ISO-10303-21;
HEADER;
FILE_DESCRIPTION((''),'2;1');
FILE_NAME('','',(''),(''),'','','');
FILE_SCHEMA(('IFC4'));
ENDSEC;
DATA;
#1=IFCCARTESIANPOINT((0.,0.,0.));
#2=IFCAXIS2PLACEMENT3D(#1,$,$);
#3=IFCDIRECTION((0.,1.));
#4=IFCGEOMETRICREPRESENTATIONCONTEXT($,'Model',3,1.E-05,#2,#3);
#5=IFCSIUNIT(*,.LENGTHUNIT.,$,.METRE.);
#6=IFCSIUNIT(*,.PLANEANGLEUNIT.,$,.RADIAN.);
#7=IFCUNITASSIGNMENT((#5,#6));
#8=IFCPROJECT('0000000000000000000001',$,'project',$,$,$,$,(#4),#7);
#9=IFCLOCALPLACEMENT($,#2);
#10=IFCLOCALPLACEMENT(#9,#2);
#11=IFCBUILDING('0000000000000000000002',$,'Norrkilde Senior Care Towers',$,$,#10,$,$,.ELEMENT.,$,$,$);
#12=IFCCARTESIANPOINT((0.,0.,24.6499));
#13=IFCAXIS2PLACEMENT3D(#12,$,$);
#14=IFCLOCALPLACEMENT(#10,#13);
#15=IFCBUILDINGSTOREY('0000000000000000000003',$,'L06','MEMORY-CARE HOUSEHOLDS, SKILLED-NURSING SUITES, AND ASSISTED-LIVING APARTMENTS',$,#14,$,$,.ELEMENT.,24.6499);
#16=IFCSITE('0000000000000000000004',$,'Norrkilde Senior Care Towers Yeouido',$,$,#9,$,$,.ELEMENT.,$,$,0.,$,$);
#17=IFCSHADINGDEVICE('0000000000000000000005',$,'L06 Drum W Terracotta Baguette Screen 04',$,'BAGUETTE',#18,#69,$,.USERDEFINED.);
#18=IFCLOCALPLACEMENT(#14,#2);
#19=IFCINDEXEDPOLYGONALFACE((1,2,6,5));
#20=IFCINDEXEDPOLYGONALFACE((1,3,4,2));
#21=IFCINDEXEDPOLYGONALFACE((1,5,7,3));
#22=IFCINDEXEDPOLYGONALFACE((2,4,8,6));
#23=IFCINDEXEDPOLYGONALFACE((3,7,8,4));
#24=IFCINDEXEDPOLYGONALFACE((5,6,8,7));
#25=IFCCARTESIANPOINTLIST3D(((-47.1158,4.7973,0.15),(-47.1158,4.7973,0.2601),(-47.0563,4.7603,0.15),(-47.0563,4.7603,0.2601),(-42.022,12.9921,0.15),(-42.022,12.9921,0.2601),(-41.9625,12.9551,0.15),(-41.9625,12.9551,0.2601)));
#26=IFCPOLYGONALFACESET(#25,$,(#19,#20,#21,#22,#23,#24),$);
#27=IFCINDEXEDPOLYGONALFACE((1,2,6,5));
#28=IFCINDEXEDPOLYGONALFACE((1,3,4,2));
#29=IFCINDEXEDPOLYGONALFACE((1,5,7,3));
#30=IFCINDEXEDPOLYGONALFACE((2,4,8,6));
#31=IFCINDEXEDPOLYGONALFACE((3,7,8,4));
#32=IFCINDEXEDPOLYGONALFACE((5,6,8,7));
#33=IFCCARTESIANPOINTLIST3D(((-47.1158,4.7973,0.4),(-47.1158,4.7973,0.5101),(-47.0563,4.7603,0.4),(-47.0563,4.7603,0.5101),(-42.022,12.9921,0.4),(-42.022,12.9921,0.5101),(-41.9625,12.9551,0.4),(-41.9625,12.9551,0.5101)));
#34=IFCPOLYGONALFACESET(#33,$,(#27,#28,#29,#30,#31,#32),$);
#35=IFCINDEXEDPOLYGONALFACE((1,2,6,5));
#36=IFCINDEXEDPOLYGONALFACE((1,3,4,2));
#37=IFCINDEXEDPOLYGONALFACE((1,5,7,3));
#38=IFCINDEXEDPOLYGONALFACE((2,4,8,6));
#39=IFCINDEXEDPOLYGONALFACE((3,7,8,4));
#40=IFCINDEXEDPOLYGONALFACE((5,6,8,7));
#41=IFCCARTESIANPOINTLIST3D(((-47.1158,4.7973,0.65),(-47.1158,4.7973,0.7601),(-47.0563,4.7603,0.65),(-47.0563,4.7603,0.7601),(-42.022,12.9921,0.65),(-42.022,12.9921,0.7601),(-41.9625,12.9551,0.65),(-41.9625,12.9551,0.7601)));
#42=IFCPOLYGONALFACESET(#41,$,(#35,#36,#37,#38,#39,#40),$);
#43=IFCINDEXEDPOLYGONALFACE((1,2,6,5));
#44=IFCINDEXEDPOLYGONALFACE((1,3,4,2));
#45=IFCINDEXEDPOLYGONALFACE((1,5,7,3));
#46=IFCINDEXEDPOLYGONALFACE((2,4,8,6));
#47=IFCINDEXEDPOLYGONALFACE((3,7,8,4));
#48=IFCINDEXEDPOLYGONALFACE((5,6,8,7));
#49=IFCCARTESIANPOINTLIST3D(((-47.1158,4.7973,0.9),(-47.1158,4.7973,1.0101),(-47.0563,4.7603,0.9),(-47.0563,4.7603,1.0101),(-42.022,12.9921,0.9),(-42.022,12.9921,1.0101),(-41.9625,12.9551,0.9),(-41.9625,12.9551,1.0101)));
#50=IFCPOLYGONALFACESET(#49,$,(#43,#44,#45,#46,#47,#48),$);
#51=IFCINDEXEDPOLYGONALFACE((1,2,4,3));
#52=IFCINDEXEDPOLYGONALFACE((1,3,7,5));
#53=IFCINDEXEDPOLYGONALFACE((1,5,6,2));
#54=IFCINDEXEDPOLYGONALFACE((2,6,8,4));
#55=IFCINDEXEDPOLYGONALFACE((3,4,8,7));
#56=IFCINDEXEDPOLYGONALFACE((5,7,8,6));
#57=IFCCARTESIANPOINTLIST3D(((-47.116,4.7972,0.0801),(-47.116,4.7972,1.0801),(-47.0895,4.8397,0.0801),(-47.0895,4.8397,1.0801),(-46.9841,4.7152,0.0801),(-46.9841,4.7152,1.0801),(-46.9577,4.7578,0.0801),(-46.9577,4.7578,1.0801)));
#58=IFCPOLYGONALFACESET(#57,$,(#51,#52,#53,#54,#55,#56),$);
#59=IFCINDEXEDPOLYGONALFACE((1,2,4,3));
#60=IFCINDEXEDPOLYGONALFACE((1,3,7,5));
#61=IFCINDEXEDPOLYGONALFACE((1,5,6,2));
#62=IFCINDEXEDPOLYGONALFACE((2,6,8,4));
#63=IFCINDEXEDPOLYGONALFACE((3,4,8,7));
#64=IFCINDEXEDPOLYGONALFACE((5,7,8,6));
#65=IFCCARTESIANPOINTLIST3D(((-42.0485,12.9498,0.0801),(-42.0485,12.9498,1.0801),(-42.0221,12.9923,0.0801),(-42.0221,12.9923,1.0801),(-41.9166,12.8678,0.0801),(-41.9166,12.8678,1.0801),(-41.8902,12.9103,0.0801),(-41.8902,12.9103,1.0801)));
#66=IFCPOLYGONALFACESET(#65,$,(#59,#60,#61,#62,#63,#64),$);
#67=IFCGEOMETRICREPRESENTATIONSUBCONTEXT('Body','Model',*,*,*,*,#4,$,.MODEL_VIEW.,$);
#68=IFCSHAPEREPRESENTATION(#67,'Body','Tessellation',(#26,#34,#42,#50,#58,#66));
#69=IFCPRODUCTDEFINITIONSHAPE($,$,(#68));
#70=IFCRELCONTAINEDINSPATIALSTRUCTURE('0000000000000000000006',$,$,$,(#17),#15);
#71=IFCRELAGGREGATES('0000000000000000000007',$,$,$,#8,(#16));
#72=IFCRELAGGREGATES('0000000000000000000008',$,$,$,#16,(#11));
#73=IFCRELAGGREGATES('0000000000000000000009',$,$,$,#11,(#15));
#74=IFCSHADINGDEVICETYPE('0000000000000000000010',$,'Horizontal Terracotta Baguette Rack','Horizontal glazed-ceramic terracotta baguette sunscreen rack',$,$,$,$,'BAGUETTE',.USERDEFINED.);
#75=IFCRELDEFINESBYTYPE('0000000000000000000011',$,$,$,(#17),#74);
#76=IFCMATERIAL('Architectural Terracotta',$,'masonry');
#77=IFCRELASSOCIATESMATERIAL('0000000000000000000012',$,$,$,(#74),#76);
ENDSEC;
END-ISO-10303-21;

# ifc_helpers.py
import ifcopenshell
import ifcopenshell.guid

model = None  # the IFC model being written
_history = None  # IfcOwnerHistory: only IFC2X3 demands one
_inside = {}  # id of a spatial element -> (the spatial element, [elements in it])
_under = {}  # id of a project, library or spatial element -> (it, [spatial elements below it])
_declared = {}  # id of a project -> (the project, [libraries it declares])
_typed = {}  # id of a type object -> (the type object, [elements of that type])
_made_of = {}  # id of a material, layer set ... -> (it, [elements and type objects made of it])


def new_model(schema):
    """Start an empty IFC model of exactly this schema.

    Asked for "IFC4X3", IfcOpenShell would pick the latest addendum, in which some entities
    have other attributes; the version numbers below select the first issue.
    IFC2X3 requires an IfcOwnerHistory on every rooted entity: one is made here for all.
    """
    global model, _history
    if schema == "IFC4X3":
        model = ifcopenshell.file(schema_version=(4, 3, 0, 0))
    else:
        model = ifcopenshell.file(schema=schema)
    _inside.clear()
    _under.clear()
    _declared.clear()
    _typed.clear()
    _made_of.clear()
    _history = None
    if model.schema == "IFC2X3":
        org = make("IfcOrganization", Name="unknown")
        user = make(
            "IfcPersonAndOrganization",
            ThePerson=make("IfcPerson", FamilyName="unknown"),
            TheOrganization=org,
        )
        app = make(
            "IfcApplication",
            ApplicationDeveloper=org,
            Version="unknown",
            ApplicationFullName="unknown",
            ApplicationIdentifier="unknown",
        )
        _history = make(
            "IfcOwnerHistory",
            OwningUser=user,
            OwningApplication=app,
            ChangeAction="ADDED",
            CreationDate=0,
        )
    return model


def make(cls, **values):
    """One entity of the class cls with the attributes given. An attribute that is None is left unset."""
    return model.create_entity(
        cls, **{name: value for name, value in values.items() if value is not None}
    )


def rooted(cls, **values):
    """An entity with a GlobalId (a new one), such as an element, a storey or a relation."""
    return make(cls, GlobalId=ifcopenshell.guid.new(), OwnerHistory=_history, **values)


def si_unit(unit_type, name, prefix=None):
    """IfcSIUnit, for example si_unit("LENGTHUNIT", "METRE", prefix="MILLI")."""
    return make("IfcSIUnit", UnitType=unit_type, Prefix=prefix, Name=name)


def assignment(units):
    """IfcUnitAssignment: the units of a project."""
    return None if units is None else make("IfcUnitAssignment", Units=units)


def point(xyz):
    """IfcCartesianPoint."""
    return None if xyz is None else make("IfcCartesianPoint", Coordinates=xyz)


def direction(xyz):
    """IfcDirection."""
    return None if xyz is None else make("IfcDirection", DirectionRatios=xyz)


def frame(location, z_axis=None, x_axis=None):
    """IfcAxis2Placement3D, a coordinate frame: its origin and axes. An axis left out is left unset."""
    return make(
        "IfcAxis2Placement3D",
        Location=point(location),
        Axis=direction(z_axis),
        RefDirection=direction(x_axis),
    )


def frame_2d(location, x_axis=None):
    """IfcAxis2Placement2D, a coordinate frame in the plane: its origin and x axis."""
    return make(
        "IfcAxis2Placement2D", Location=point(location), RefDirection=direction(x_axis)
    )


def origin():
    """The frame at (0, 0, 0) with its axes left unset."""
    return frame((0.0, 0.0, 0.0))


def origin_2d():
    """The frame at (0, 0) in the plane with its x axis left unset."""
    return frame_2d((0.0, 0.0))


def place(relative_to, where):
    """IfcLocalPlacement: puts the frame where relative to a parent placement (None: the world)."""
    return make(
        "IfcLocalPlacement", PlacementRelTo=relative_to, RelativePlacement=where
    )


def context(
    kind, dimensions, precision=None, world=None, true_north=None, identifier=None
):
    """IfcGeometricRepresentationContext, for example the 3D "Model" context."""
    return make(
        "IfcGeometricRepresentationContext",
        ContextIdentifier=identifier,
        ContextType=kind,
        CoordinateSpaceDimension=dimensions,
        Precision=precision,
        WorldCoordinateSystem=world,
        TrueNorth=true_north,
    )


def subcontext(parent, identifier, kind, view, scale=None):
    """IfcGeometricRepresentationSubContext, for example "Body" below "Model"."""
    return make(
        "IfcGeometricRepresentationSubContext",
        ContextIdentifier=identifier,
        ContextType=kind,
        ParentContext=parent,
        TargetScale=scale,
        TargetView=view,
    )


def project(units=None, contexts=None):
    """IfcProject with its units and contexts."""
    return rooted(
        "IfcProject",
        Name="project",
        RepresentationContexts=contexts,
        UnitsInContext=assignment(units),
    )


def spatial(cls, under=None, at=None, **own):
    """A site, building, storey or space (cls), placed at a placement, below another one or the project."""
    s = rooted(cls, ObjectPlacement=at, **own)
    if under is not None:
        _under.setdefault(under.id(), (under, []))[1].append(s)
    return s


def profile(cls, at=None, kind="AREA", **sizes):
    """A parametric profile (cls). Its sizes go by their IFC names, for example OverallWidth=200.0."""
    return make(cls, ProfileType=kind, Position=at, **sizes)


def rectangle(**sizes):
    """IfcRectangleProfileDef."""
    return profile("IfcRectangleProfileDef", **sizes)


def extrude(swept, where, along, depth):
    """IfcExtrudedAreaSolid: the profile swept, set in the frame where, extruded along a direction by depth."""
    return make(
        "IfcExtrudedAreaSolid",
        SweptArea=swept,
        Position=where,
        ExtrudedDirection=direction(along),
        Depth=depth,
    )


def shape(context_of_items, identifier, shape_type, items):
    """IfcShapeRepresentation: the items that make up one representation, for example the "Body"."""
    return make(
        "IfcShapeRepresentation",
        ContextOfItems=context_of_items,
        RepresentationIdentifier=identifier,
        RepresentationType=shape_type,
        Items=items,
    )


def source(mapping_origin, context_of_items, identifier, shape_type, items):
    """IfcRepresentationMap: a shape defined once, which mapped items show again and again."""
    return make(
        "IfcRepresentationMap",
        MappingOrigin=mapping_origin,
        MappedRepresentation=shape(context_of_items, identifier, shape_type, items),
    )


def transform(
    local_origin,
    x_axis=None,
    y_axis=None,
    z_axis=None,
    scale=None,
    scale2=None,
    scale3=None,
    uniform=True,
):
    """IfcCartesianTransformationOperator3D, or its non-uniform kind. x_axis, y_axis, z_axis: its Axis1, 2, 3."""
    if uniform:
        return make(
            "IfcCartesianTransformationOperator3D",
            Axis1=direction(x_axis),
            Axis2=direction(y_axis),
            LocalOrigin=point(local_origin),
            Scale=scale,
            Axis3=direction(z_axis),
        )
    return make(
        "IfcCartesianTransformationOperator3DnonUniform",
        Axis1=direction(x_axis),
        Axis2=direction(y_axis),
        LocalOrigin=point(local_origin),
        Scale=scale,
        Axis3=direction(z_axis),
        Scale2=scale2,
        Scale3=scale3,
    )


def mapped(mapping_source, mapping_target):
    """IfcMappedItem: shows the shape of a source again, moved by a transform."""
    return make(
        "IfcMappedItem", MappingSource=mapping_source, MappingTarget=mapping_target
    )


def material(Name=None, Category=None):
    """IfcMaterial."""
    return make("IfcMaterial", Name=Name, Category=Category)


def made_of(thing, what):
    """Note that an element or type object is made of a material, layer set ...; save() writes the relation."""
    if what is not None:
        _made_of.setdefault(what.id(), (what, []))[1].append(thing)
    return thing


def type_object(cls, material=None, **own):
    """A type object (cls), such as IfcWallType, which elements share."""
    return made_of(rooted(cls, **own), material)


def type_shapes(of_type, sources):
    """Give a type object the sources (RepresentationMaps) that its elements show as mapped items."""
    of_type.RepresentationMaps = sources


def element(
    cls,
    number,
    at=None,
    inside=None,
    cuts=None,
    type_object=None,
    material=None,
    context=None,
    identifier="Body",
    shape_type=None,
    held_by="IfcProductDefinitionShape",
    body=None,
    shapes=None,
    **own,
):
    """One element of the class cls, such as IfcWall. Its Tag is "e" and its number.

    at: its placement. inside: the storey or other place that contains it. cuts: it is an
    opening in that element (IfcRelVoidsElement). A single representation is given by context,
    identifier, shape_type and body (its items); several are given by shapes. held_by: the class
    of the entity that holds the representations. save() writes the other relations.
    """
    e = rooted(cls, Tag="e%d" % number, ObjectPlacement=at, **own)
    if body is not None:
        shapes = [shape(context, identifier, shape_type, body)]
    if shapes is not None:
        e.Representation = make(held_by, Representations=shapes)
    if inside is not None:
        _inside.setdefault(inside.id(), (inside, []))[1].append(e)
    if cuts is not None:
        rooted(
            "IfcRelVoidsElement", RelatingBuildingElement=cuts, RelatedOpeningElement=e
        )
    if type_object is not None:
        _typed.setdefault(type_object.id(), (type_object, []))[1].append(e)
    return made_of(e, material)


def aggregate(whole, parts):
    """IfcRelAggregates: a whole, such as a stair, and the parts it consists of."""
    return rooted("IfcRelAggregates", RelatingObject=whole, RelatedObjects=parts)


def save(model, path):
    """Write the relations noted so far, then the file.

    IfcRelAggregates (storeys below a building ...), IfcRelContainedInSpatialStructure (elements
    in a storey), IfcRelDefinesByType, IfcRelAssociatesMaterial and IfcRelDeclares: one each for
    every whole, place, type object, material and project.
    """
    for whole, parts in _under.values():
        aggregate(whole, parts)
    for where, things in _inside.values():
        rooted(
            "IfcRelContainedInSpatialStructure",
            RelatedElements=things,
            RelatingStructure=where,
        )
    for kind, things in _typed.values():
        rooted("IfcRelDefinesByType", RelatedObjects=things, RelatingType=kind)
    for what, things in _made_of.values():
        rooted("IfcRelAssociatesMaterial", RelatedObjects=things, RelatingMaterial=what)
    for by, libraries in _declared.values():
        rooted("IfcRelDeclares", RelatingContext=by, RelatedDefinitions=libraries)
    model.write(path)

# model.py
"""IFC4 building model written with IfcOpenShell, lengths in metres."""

from ifc_helpers import new_model, si_unit, direction, frame, origin, origin_2d, place, context, subcontext, project, spatial, rectangle, extrude, source, transform, mapped, material, type_object, type_shapes, element, save


model = new_model("IFC4")

# Units and contexts
model_context = context("Model", 3, precision=1e-05, world=origin(), true_north=direction((0.0, 1.0)))
body_context = subcontext(model_context, "Body", "Model", "MODEL_VIEW")
ifc_project = project(units=[si_unit("LENGTHUNIT", "METRE"), si_unit("PLANEANGLEUNIT", "RADIAN")], contexts=[model_context])

# Site, building, storey
site_placement = place(None, origin())
site = spatial("IfcSite", under=ifc_project, at=site_placement, Name="Norrkilde Senior Care Towers Yeouido", CompositionType="ELEMENT", RefElevation=0.0)
building_placement = place(site_placement, origin())
building = spatial("IfcBuilding", under=site, at=building_placement, Name="Norrkilde Senior Care Towers", CompositionType="ELEMENT")
storey_placement = place(building_placement, frame((0.0, 0.0, 24.6499)))
storey = spatial("IfcBuildingStorey", under=building, at=storey_placement, Name="L06", Description="MEMORY-CARE HOUSEHOLDS, SKILLED-NURSING SUITES, AND ASSISTED-LIVING APARTMENTS", CompositionType="ELEMENT", Elevation=24.6499)

# Shading device
ifc_material_1 = material(Name="Architectural Terracotta", Category="masonry")
shading_device_type = type_object("IfcShadingDeviceType", Name="Horizontal Terracotta Baguette Rack", Description="Horizontal glazed-ceramic terracotta baguette sunscreen rack", ElementType="BAGUETTE", PredefinedType="USERDEFINED", material=ifc_material_1)
shared_shape_1 = source(origin(), body_context, "Body", "SweptSolid", [
    extrude(rectangle(XDim=0.0701, YDim=0.1101, at=origin_2d()), frame((0.0, 0.0901, 0.125), z_axis=(1.0, 0.0, 0.0), x_axis=(0.0, 1.0, 0.0)), (0.0, 0.0, 1.0), 9.6489),
    extrude(rectangle(XDim=0.0701, YDim=0.1101, at=origin_2d()), frame((0.0, 0.0901, 0.375), z_axis=(1.0, 0.0, 0.0), x_axis=(0.0, 1.0, 0.0)), (0.0, 0.0, 1.0), 9.6489),
    extrude(rectangle(XDim=0.0701, YDim=0.1101, at=origin_2d()), frame((0.0, 0.0901, 0.625), z_axis=(1.0, 0.0, 0.0), x_axis=(0.0, 1.0, 0.0)), (0.0, 0.0, 1.0), 9.6489),
    extrude(rectangle(XDim=0.0701, YDim=0.1101, at=origin_2d()), frame((0.0, 0.0901, 0.875), z_axis=(1.0, 0.0, 0.0), x_axis=(0.0, 1.0, 0.0)), (0.0, 0.0, 1.0), 9.6489),
    extrude(rectangle(XDim=0.05, YDim=0.1553, at=origin_2d()), frame((0.0249, 0.0476, 0.0)), (0.0, 0.0, 1.0), 1.0),
    extrude(rectangle(XDim=0.05, YDim=0.1553, at=origin_2d()), frame((9.624, 0.0476, 0.0)), (0.0, 0.0, 1.0), 1.0),
])
type_shapes(shading_device_type, [shared_shape_1])
shading_device_placement = place(storey_placement, frame((-47.0095, 4.7312, 0.0801), z_axis=(0.0, 0.0, 1.0), x_axis=(0.527909, 0.849299, 0.0)))
element("IfcShadingDevice", 1, at=shading_device_placement, inside=storey, type_object=shading_device_type, Name="L06 Drum W Terracotta Baguette Screen 04", ObjectType="BAGUETTE", PredefinedType="USERDEFINED", context=body_context, shape_type="MappedRepresentation", body=[
    mapped(shared_shape_1, transform((0.0, 0.0, 0.0), x_axis=(1.0, 0.0, 0.0), y_axis=(0.0, 1.0, 0.0), z_axis=(0.0, 0.0, 1.0), scale=1.0)),
])

save(model, "model.ifc")
